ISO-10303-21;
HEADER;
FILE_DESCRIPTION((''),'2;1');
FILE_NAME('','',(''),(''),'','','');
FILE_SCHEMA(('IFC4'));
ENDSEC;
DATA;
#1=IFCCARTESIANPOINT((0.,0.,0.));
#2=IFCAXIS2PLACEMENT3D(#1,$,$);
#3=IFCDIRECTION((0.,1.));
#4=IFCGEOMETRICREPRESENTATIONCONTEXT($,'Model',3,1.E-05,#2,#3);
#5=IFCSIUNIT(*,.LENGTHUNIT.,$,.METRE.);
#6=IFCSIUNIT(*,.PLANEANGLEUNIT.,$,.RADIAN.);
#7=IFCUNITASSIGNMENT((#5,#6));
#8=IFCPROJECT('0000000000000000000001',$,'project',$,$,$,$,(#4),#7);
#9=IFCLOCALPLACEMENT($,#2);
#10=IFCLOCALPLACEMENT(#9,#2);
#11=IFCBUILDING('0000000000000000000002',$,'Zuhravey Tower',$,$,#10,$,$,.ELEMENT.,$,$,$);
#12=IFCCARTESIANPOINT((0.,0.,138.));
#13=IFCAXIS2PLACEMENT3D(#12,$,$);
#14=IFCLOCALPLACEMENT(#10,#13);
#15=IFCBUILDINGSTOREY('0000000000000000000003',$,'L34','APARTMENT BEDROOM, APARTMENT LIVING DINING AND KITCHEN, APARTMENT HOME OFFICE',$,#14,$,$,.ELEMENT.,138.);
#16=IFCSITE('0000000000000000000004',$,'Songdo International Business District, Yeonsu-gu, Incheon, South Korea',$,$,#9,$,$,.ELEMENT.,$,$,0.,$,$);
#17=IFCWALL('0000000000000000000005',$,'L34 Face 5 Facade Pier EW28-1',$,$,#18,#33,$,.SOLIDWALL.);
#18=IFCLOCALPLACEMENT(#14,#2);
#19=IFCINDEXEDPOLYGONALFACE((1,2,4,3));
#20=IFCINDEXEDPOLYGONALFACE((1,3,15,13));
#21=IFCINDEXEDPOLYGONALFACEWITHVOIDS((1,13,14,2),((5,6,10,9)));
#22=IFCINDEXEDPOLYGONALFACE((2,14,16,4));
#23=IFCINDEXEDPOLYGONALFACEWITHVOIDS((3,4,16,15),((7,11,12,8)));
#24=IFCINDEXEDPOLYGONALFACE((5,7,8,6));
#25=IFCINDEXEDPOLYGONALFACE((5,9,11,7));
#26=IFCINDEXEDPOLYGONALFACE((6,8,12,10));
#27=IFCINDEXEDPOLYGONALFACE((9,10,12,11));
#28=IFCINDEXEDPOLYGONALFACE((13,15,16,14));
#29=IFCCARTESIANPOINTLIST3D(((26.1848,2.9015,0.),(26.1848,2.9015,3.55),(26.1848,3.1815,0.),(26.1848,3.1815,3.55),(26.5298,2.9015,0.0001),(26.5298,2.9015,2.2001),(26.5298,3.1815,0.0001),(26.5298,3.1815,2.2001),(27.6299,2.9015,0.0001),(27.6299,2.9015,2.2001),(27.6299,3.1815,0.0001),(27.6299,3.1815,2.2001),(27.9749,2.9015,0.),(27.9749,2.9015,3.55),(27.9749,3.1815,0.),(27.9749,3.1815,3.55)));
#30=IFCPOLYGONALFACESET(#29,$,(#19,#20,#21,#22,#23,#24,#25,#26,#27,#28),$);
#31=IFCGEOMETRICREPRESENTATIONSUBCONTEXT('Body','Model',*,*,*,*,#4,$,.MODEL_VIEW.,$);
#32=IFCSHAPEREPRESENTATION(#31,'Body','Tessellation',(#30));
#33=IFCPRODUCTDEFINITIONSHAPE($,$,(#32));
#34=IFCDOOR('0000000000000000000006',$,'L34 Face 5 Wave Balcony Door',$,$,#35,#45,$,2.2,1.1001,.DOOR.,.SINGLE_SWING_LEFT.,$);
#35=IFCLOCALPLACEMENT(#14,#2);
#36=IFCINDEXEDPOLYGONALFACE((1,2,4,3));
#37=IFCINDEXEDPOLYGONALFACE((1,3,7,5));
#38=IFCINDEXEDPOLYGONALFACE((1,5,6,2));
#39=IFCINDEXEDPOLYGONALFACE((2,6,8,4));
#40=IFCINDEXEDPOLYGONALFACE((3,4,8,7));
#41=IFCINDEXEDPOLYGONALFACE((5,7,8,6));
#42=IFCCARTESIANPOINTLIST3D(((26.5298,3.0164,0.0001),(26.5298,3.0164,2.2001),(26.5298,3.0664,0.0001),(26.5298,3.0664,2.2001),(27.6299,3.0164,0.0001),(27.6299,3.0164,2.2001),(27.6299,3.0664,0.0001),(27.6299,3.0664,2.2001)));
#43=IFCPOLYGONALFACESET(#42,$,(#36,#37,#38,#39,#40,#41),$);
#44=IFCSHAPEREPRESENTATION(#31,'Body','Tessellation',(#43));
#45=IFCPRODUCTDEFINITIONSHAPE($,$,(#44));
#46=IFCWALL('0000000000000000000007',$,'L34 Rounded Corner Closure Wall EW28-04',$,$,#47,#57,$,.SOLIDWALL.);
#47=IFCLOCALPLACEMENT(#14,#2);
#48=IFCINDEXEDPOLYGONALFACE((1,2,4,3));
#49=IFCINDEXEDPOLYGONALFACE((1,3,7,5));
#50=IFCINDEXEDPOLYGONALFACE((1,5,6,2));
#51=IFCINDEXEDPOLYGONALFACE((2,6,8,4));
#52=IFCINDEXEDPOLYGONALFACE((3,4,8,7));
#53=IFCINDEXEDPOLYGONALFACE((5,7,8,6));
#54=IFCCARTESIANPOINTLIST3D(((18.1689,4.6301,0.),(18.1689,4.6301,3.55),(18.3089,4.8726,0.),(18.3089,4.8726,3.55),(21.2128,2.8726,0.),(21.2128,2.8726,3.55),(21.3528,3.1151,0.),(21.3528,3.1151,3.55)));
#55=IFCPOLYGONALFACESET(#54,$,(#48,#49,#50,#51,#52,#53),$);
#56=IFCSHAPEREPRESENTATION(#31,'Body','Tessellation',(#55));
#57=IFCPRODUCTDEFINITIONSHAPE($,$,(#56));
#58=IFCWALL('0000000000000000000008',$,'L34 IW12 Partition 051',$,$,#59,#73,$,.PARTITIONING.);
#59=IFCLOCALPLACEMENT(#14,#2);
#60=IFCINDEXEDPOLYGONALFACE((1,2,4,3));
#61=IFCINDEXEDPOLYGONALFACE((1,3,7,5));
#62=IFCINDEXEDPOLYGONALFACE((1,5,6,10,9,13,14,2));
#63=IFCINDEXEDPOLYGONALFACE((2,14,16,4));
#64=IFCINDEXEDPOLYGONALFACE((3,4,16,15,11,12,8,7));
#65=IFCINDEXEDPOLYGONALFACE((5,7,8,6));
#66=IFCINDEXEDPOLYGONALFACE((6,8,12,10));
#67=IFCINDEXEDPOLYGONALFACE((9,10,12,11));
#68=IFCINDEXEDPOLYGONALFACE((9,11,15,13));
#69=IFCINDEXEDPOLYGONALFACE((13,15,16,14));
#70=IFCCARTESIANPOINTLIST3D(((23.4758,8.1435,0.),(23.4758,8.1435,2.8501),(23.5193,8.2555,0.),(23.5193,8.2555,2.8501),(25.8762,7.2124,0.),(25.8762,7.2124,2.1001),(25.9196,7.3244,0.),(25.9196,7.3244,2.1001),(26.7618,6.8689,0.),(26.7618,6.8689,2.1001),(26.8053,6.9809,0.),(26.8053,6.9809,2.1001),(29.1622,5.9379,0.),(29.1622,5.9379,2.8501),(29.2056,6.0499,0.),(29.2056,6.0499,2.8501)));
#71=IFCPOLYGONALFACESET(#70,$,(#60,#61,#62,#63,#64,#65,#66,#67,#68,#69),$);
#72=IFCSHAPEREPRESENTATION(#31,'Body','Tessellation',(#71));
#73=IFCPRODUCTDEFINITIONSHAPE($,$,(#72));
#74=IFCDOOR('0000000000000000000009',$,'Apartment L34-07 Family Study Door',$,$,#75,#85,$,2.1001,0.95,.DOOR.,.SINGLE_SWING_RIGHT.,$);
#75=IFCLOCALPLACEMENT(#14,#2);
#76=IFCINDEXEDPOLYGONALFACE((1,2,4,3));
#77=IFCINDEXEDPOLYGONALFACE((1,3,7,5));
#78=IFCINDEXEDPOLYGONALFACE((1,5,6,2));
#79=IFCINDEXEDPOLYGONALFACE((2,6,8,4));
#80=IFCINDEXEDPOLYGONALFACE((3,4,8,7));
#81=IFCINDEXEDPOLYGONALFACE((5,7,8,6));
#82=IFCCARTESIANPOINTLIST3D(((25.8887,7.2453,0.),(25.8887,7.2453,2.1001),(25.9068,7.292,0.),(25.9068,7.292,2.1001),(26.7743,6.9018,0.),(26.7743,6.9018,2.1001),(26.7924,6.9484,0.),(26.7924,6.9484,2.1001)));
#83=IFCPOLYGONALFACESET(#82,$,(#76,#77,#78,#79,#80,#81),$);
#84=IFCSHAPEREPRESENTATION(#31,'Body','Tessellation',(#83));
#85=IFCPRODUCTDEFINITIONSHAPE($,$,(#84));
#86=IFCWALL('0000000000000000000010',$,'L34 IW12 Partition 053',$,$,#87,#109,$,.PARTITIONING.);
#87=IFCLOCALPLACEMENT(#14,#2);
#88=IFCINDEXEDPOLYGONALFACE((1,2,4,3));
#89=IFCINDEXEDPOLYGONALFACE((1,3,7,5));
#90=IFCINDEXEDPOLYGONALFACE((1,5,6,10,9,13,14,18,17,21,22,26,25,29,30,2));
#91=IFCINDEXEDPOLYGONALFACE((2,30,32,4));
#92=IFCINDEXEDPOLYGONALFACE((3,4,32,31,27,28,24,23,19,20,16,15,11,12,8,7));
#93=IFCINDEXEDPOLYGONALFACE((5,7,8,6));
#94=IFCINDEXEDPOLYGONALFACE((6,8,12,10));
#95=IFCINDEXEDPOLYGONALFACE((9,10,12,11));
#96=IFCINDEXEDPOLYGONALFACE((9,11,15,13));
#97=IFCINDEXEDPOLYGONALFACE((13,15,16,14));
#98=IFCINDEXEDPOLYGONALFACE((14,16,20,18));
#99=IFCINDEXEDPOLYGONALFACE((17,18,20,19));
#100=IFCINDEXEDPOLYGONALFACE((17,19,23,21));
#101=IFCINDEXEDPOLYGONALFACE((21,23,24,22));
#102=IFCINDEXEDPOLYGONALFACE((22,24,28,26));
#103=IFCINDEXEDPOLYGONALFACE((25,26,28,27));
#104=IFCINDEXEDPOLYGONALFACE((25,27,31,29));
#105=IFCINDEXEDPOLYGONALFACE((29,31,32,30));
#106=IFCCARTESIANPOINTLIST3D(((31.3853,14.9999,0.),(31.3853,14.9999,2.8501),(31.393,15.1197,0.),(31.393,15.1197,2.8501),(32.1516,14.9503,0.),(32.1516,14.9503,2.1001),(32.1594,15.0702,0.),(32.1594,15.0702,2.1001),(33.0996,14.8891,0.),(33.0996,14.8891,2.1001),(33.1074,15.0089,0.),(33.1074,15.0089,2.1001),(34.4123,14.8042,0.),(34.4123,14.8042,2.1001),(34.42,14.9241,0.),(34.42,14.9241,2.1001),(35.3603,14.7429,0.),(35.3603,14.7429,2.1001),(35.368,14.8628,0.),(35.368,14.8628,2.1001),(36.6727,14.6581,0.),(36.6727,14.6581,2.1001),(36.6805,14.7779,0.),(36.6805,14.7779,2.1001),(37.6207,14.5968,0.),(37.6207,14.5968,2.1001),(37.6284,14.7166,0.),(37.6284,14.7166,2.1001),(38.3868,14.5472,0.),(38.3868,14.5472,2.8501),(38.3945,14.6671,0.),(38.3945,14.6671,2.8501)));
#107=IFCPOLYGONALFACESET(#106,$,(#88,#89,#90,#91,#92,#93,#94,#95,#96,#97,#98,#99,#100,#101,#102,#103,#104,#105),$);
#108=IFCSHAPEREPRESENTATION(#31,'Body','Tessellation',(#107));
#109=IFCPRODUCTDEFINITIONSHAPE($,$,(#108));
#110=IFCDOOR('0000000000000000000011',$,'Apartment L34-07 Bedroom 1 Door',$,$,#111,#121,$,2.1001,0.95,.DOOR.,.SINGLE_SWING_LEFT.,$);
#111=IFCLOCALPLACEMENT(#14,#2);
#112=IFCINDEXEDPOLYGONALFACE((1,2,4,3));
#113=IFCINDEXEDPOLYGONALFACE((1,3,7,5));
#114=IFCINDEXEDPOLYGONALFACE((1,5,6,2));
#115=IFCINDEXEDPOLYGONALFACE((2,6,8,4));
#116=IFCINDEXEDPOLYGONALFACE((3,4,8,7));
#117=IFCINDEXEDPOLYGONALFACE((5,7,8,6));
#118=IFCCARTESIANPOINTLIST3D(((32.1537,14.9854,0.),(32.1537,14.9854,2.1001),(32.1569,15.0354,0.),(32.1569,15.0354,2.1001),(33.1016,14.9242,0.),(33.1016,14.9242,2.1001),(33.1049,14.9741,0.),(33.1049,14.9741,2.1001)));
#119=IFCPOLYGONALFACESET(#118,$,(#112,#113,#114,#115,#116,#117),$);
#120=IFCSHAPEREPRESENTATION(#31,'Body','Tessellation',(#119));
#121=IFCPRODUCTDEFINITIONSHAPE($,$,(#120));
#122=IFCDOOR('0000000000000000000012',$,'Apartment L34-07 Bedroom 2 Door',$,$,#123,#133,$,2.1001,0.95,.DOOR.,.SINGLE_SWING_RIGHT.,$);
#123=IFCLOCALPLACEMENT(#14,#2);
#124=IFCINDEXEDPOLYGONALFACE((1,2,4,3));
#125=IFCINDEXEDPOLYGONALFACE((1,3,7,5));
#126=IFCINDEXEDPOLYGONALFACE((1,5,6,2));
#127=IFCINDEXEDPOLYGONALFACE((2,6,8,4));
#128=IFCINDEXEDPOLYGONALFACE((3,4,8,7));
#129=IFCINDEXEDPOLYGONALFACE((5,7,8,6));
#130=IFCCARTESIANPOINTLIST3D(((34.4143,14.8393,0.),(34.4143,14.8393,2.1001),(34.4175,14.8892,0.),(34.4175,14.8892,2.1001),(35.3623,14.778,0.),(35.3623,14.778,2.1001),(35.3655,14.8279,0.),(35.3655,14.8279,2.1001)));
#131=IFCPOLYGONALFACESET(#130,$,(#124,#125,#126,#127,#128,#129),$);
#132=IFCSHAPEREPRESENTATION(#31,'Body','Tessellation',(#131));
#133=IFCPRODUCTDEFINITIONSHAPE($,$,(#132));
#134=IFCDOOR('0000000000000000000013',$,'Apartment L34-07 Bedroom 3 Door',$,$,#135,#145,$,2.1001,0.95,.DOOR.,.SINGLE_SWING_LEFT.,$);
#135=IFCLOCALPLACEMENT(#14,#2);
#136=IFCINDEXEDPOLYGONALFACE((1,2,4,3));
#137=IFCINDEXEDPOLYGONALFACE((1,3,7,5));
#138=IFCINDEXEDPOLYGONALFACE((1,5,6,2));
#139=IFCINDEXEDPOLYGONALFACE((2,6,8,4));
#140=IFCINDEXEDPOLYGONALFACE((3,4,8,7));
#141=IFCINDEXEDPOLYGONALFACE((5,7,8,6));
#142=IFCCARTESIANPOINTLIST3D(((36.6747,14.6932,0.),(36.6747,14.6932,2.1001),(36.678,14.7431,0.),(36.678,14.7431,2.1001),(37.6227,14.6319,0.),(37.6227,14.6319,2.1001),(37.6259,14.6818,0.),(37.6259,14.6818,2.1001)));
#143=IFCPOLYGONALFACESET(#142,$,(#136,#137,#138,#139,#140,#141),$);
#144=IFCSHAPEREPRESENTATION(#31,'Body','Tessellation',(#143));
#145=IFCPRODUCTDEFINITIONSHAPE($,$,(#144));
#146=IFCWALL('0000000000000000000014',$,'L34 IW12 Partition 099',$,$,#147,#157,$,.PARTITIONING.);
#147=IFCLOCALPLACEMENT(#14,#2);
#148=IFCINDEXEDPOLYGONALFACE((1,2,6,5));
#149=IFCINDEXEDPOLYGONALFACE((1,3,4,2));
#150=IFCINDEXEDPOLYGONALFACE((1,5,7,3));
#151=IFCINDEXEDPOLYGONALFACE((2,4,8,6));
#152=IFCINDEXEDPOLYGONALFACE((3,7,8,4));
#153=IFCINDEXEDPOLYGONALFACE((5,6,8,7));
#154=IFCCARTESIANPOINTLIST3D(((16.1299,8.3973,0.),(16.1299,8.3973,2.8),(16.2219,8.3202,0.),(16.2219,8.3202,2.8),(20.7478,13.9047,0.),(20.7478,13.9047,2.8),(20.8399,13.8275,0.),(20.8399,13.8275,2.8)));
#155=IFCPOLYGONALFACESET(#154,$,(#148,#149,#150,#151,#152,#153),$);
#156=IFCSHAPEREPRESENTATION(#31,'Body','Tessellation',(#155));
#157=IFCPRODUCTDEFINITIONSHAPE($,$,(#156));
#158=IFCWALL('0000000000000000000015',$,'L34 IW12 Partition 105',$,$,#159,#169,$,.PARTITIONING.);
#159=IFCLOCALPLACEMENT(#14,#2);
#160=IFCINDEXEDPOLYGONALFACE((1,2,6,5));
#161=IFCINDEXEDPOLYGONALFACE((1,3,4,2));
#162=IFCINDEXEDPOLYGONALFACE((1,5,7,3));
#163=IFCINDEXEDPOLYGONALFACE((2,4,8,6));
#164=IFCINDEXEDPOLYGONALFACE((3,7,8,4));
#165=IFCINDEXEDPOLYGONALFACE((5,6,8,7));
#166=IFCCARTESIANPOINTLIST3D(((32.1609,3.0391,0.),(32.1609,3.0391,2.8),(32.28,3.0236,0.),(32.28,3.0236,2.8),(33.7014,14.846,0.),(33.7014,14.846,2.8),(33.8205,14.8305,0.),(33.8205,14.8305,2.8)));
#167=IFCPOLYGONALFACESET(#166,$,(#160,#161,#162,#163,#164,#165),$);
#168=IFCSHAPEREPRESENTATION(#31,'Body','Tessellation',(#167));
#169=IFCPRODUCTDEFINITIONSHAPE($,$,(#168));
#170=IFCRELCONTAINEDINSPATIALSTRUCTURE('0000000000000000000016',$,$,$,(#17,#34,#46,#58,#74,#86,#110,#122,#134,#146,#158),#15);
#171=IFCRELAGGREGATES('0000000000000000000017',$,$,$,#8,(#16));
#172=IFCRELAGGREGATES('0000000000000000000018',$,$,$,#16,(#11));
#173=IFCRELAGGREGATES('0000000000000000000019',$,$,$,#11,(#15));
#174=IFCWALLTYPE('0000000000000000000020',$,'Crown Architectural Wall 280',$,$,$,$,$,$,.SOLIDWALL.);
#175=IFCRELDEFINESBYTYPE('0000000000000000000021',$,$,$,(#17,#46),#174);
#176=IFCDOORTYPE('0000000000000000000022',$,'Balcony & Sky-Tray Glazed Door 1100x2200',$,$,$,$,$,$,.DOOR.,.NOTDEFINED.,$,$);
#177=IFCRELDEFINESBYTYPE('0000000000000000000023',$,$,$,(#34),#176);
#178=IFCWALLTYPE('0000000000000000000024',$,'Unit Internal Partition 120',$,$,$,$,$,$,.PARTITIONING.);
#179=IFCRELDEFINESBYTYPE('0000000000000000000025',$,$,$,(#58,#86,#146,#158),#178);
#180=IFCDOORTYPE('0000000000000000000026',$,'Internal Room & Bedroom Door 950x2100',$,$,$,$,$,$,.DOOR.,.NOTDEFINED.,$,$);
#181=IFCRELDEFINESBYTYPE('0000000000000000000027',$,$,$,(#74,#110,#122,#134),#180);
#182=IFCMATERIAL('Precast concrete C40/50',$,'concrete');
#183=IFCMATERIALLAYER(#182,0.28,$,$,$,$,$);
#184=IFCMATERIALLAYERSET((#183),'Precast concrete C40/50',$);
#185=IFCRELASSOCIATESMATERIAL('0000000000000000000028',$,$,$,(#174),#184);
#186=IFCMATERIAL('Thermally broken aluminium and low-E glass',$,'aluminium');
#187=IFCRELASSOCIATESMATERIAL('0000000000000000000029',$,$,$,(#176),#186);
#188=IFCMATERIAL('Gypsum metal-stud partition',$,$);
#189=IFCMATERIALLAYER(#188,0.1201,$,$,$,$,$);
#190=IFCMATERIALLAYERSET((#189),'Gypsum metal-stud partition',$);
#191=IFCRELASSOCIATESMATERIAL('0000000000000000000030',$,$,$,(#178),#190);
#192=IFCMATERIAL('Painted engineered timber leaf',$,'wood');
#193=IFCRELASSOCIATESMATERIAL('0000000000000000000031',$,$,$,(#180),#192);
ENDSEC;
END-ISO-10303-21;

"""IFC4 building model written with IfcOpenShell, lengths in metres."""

from ifc_helpers import new_model, si_unit, direction, frame, frame_2d, origin, place, context, subcontext, project, spatial, rectangle, extrude, material, layer, layer_set, type_object, element, fill, save


model = new_model("IFC4")

# Units and contexts
model_context = context("Model", 3, precision=1e-05, world=origin(), true_north=direction((0.0, 1.0)))
body_context = subcontext(model_context, "Body", "Model", "MODEL_VIEW")
ifc_project = project(units=[si_unit("LENGTHUNIT", "METRE"), si_unit("PLANEANGLEUNIT", "RADIAN")], contexts=[model_context])

# Site, building, storey
site_placement = place(None, origin())
site = spatial("IfcSite", under=ifc_project, at=site_placement, Name="Songdo International Business District, Yeonsu-gu, Incheon, South Korea", CompositionType="ELEMENT", RefElevation=0.0)
building_placement = place(site_placement, origin())
building = spatial("IfcBuilding", under=site, at=building_placement, Name="Zuhravey Tower", CompositionType="ELEMENT")
storey_placement = place(building_placement, frame((0.0, 0.0, 138.0)))
storey = spatial("IfcBuildingStorey", under=building, at=storey_placement, Name="L34", Description="APARTMENT BEDROOM, APARTMENT LIVING DINING AND KITCHEN, APARTMENT HOME OFFICE", CompositionType="ELEMENT", Elevation=138.0)

# Wall, opening, door
ifc_material_1 = material(Name="Precast concrete C40/50", Category="concrete")
ifc_layer_1 = layer(ifc_material_1, 0.28)
ifc_layer_set_1 = layer_set([ifc_layer_1], Name="Precast concrete C40/50")
wall_type_1 = type_object("IfcWallType", Name="Crown Architectural Wall 280", PredefinedType="SOLIDWALL", material=ifc_layer_set_1)
wall_1_placement = place(storey_placement, frame((27.9749, 3.0415, 0.0), z_axis=(0.0, 0.0, 1.0), x_axis=(-1.0, 0.0, 0.0)))
wall_1 = element("IfcWall", 1, at=wall_1_placement, inside=storey, type_object=wall_type_1, Name="L34 Face 5 Facade Pier EW28-1", PredefinedType="SOLIDWALL", context=body_context, shape_type="SweptSolid", body=[
    extrude(rectangle(XDim=1.79, YDim=0.28, at=frame_2d((0.895, 0.0))), origin(), (0.0, 0.0, 1.0), 3.55),
])
opening_1_placement = place(wall_1_placement, frame((0.345, 0.0, 0.0)))
opening_1 = element("IfcOpeningElement", 2, at=opening_1_placement, cuts=wall_1, PredefinedType="OPENING", context=body_context, shape_type="SweptSolid", body=[
    extrude(rectangle(XDim=1.1001, YDim=2.2, at=frame_2d((0.55, 1.1001))), frame((0.0, 0.1521, 0.0), z_axis=(0.0, -1.0, 0.0), x_axis=(1.0, 0.0, 0.0)), (0.0, 0.0, 1.0), 0.304),
])
ifc_material_2 = material(Name="Thermally broken aluminium and low-E glass", Category="aluminium")
door_type_1 = type_object("IfcDoorType", Name="Balcony & Sky-Tray Glazed Door 1100x2200", OperationType="NOTDEFINED", PredefinedType="DOOR", material=ifc_material_2)
door_1_placement = place(opening_1_placement, frame((1.1001, 0.0, 0.0), z_axis=(0.0, 0.0, 1.0), x_axis=(-1.0, 0.0, 0.0)))
door_1 = element("IfcDoor", 3, at=door_1_placement, inside=storey, type_object=door_type_1, Name="L34 Face 5 Wave Balcony Door", OperationType="SINGLE_SWING_LEFT", OverallHeight=2.2, OverallWidth=1.1001, PredefinedType="DOOR", context=body_context, shape_type="SweptSolid", body=[
    extrude(rectangle(XDim=1.1001, YDim=2.2, at=frame_2d((0.55, 1.1001))), frame((0.0, 0.0249, 0.0), z_axis=(0.0, -1.0, 0.0), x_axis=(1.0, 0.0, 0.0)), (0.0, 0.0, 1.0), 0.05),
])
fill(opening_1, door_1)

# Wall
wall_2_placement = place(storey_placement, frame((21.2827, 2.9939, 0.0), z_axis=(0.0, 0.0, 1.0), x_axis=(-0.866007, 0.500031, 0.0)))
element("IfcWall", 4, at=wall_2_placement, inside=storey, type_object=wall_type_1, Name="L34 Rounded Corner Closure Wall EW28-04", PredefinedType="SOLIDWALL", context=body_context, shape_type="SweptSolid", body=[
    extrude(rectangle(XDim=3.5149, YDim=0.28, at=frame_2d((1.7573, 0.0))), origin(), (0.0, 0.0, 1.0), 3.55),
])

# Wall, opening, door
ifc_material_3 = material(Name="Gypsum metal-stud partition")
ifc_layer_2 = layer(ifc_material_3, 0.1201)
ifc_layer_set_2 = layer_set([ifc_layer_2], Name="Gypsum metal-stud partition")
wall_type_2 = type_object("IfcWallType", Name="Unit Internal Partition 120", PredefinedType="PARTITIONING", material=ifc_layer_set_2)
wall_3_placement = place(storey_placement, frame((23.4976, 8.1995, 0.0), z_axis=(0.0, 0.0, 1.0), x_axis=(0.932324, -0.361625, 0.0)))
wall_3 = element("IfcWall", 5, at=wall_3_placement, inside=storey, type_object=wall_type_2, Name="L34 IW12 Partition 051", PredefinedType="PARTITIONING", context=body_context, shape_type="SweptSolid", body=[
    extrude(rectangle(XDim=6.0991, YDim=0.1201, at=frame_2d((3.0496, 0.0))), origin(), (0.0, 0.0, 1.0), 2.8501),
])
opening_2_placement = place(wall_3_placement, frame((2.5745, 0.0, 0.0)))
opening_2 = element("IfcOpeningElement", 6, at=opening_2_placement, cuts=wall_3, PredefinedType="OPENING", context=body_context, shape_type="SweptSolid", body=[
    extrude(rectangle(XDim=0.95, YDim=2.1001, at=frame_2d((0.4751, 1.05))), frame((0.0, 0.072, 0.0), z_axis=(0.0, -1.0, 0.0), x_axis=(1.0, 0.0, 0.0)), (0.0, 0.0, 1.0), 0.144),
])
ifc_material_4 = material(Name="Painted engineered timber leaf", Category="wood")
door_type_2 = type_object("IfcDoorType", Name="Internal Room & Bedroom Door 950x2100", OperationType="NOTDEFINED", PredefinedType="DOOR", material=ifc_material_4)
door_2_placement = place(opening_2_placement, frame((0.95, 0.0, 0.0), z_axis=(0.0, 0.0, 1.0), x_axis=(-1.0, 0.0, 0.0)))
door_2 = element("IfcDoor", 7, at=door_2_placement, inside=storey, type_object=door_type_2, Name="Apartment L34-07 Family Study Door", OperationType="SINGLE_SWING_RIGHT", OverallHeight=2.1001, OverallWidth=0.95, PredefinedType="DOOR", context=body_context, shape_type="SweptSolid", body=[
    extrude(rectangle(XDim=0.95, YDim=2.1001, at=frame_2d((0.4751, 1.05))), frame((0.0, 0.0249, 0.0), z_axis=(0.0, -1.0, 0.0), x_axis=(1.0, 0.0, 0.0)), (0.0, 0.0, 1.0), 0.05),
])
fill(opening_2, door_2)

# Wall, openings, doors
wall_4_placement = place(storey_placement, frame((31.3892, 15.0598, 0.0), z_axis=(0.0, 0.0, 1.0), x_axis=(0.997917, -0.064514, 0.0)))
wall_4 = element("IfcWall", 8, at=wall_4_placement, inside=storey, type_object=wall_type_2, Name="L34 IW12 Partition 053", PredefinedType="PARTITIONING", context=body_context, shape_type="SweptSolid", body=[
    extrude(rectangle(XDim=7.0161, YDim=0.1201, at=frame_2d((3.5081, 0.0))), origin(), (0.0, 0.0, 1.0), 2.8501),
])
opening_3_placement = place(wall_4_placement, frame((0.7678, 0.0, 0.0)))
opening_3 = element("IfcOpeningElement", 9, at=opening_3_placement, cuts=wall_4, PredefinedType="OPENING", context=body_context, shape_type="SweptSolid", body=[
    extrude(rectangle(XDim=0.95, YDim=2.1001, at=frame_2d((0.4751, 1.05))), frame((0.0, 0.072, 0.0), z_axis=(0.0, -1.0, 0.0), x_axis=(1.0, 0.0, 0.0)), (0.0, 0.0, 1.0), 0.144),
])
opening_4_placement = place(wall_4_placement, frame((3.0332, 0.0, 0.0)))
opening_4 = element("IfcOpeningElement", 10, at=opening_4_placement, cuts=wall_4, PredefinedType="OPENING", context=body_context, shape_type="SweptSolid", body=[
    extrude(rectangle(XDim=0.95, YDim=2.1001, at=frame_2d((0.4751, 1.05))), frame((0.0, 0.072, 0.0), z_axis=(0.0, -1.0, 0.0), x_axis=(1.0, 0.0, 0.0)), (0.0, 0.0, 1.0), 0.144),
])
opening_5_placement = place(wall_4_placement, frame((5.2983, 0.0, 0.0)))
opening_5 = element("IfcOpeningElement", 11, at=opening_5_placement, cuts=wall_4, PredefinedType="OPENING", context=body_context, shape_type="SweptSolid", body=[
    extrude(rectangle(XDim=0.95, YDim=2.1001, at=frame_2d((0.4751, 1.05))), frame((0.0, 0.072, 0.0), z_axis=(0.0, -1.0, 0.0), x_axis=(1.0, 0.0, 0.0)), (0.0, 0.0, 1.0), 0.144),
])
door_3_placement = place(opening_3_placement, frame((0.95, 0.0, 0.0), z_axis=(0.0, 0.0, 1.0), x_axis=(-1.0, 0.0, 0.0)))
door_3 = element("IfcDoor", 12, at=door_3_placement, inside=storey, type_object=door_type_2, Name="Apartment L34-07 Bedroom 1 Door", OperationType="SINGLE_SWING_LEFT", OverallHeight=2.1001, OverallWidth=0.95, PredefinedType="DOOR", context=body_context, shape_type="SweptSolid", body=[
    extrude(rectangle(XDim=0.95, YDim=2.1001, at=frame_2d((0.4751, 1.05))), frame((0.0, 0.0249, 0.0), z_axis=(0.0, -1.0, 0.0), x_axis=(1.0, 0.0, 0.0)), (0.0, 0.0, 1.0), 0.05),
])
fill(opening_3, door_3)
door_4_placement = place(opening_4_placement, frame((0.95, 0.0, 0.0), z_axis=(0.0, 0.0, 1.0), x_axis=(-1.0, 0.0, 0.0)))
door_4 = element("IfcDoor", 13, at=door_4_placement, inside=storey, type_object=door_type_2, Name="Apartment L34-07 Bedroom 2 Door", OperationType="SINGLE_SWING_RIGHT", OverallHeight=2.1001, OverallWidth=0.95, PredefinedType="DOOR", context=body_context, shape_type="SweptSolid", body=[
    extrude(rectangle(XDim=0.95, YDim=2.1001, at=frame_2d((0.4751, 1.05))), frame((0.0, 0.0249, 0.0), z_axis=(0.0, -1.0, 0.0), x_axis=(1.0, 0.0, 0.0)), (0.0, 0.0, 1.0), 0.05),
])
fill(opening_4, door_4)
door_5_placement = place(opening_5_placement, frame((0.95, 0.0, 0.0), z_axis=(0.0, 0.0, 1.0), x_axis=(-1.0, 0.0, 0.0)))
door_5 = element("IfcDoor", 14, at=door_5_placement, inside=storey, type_object=door_type_2, Name="Apartment L34-07 Bedroom 3 Door", OperationType="SINGLE_SWING_LEFT", OverallHeight=2.1001, OverallWidth=0.95, PredefinedType="DOOR", context=body_context, shape_type="SweptSolid", body=[
    extrude(rectangle(XDim=0.95, YDim=2.1001, at=frame_2d((0.4751, 1.05))), frame((0.0, 0.0249, 0.0), z_axis=(0.0, -1.0, 0.0), x_axis=(1.0, 0.0, 0.0)), (0.0, 0.0, 1.0), 0.05),
])
fill(opening_5, door_5)

# Walls
wall_5_placement = place(storey_placement, frame((20.7939, 13.8662, 0.0), z_axis=(0.0, 0.0, 1.0), x_axis=(-0.64252, -0.766269, 0.0)))
element("IfcWall", 15, at=wall_5_placement, inside=storey, type_object=wall_type_2, Name="L34 IW12 Partition 099", PredefinedType="PARTITIONING", context=body_context, shape_type="SweptSolid", body=[
    extrude(rectangle(XDim=7.1873, YDim=0.1201, at=frame_2d((3.5938, 0.0))), origin(), (0.0, 0.0, 1.0), 2.8),
])
wall_6_placement = place(storey_placement, frame((33.761, 14.8384, 0.0), z_axis=(0.0, 0.0, 1.0), x_axis=(-0.12938, -0.991595, 0.0)))
element("IfcWall", 16, at=wall_6_placement, inside=storey, type_object=wall_type_2, Name="L34 IW12 Partition 105", PredefinedType="PARTITIONING", context=body_context, shape_type="SweptSolid", body=[
    extrude(rectangle(XDim=11.907, YDim=0.1201, at=frame_2d((5.9536, 0.0))), origin(), (0.0, 0.0, 1.0), 2.8),
])

save(model, "model.ifc")
